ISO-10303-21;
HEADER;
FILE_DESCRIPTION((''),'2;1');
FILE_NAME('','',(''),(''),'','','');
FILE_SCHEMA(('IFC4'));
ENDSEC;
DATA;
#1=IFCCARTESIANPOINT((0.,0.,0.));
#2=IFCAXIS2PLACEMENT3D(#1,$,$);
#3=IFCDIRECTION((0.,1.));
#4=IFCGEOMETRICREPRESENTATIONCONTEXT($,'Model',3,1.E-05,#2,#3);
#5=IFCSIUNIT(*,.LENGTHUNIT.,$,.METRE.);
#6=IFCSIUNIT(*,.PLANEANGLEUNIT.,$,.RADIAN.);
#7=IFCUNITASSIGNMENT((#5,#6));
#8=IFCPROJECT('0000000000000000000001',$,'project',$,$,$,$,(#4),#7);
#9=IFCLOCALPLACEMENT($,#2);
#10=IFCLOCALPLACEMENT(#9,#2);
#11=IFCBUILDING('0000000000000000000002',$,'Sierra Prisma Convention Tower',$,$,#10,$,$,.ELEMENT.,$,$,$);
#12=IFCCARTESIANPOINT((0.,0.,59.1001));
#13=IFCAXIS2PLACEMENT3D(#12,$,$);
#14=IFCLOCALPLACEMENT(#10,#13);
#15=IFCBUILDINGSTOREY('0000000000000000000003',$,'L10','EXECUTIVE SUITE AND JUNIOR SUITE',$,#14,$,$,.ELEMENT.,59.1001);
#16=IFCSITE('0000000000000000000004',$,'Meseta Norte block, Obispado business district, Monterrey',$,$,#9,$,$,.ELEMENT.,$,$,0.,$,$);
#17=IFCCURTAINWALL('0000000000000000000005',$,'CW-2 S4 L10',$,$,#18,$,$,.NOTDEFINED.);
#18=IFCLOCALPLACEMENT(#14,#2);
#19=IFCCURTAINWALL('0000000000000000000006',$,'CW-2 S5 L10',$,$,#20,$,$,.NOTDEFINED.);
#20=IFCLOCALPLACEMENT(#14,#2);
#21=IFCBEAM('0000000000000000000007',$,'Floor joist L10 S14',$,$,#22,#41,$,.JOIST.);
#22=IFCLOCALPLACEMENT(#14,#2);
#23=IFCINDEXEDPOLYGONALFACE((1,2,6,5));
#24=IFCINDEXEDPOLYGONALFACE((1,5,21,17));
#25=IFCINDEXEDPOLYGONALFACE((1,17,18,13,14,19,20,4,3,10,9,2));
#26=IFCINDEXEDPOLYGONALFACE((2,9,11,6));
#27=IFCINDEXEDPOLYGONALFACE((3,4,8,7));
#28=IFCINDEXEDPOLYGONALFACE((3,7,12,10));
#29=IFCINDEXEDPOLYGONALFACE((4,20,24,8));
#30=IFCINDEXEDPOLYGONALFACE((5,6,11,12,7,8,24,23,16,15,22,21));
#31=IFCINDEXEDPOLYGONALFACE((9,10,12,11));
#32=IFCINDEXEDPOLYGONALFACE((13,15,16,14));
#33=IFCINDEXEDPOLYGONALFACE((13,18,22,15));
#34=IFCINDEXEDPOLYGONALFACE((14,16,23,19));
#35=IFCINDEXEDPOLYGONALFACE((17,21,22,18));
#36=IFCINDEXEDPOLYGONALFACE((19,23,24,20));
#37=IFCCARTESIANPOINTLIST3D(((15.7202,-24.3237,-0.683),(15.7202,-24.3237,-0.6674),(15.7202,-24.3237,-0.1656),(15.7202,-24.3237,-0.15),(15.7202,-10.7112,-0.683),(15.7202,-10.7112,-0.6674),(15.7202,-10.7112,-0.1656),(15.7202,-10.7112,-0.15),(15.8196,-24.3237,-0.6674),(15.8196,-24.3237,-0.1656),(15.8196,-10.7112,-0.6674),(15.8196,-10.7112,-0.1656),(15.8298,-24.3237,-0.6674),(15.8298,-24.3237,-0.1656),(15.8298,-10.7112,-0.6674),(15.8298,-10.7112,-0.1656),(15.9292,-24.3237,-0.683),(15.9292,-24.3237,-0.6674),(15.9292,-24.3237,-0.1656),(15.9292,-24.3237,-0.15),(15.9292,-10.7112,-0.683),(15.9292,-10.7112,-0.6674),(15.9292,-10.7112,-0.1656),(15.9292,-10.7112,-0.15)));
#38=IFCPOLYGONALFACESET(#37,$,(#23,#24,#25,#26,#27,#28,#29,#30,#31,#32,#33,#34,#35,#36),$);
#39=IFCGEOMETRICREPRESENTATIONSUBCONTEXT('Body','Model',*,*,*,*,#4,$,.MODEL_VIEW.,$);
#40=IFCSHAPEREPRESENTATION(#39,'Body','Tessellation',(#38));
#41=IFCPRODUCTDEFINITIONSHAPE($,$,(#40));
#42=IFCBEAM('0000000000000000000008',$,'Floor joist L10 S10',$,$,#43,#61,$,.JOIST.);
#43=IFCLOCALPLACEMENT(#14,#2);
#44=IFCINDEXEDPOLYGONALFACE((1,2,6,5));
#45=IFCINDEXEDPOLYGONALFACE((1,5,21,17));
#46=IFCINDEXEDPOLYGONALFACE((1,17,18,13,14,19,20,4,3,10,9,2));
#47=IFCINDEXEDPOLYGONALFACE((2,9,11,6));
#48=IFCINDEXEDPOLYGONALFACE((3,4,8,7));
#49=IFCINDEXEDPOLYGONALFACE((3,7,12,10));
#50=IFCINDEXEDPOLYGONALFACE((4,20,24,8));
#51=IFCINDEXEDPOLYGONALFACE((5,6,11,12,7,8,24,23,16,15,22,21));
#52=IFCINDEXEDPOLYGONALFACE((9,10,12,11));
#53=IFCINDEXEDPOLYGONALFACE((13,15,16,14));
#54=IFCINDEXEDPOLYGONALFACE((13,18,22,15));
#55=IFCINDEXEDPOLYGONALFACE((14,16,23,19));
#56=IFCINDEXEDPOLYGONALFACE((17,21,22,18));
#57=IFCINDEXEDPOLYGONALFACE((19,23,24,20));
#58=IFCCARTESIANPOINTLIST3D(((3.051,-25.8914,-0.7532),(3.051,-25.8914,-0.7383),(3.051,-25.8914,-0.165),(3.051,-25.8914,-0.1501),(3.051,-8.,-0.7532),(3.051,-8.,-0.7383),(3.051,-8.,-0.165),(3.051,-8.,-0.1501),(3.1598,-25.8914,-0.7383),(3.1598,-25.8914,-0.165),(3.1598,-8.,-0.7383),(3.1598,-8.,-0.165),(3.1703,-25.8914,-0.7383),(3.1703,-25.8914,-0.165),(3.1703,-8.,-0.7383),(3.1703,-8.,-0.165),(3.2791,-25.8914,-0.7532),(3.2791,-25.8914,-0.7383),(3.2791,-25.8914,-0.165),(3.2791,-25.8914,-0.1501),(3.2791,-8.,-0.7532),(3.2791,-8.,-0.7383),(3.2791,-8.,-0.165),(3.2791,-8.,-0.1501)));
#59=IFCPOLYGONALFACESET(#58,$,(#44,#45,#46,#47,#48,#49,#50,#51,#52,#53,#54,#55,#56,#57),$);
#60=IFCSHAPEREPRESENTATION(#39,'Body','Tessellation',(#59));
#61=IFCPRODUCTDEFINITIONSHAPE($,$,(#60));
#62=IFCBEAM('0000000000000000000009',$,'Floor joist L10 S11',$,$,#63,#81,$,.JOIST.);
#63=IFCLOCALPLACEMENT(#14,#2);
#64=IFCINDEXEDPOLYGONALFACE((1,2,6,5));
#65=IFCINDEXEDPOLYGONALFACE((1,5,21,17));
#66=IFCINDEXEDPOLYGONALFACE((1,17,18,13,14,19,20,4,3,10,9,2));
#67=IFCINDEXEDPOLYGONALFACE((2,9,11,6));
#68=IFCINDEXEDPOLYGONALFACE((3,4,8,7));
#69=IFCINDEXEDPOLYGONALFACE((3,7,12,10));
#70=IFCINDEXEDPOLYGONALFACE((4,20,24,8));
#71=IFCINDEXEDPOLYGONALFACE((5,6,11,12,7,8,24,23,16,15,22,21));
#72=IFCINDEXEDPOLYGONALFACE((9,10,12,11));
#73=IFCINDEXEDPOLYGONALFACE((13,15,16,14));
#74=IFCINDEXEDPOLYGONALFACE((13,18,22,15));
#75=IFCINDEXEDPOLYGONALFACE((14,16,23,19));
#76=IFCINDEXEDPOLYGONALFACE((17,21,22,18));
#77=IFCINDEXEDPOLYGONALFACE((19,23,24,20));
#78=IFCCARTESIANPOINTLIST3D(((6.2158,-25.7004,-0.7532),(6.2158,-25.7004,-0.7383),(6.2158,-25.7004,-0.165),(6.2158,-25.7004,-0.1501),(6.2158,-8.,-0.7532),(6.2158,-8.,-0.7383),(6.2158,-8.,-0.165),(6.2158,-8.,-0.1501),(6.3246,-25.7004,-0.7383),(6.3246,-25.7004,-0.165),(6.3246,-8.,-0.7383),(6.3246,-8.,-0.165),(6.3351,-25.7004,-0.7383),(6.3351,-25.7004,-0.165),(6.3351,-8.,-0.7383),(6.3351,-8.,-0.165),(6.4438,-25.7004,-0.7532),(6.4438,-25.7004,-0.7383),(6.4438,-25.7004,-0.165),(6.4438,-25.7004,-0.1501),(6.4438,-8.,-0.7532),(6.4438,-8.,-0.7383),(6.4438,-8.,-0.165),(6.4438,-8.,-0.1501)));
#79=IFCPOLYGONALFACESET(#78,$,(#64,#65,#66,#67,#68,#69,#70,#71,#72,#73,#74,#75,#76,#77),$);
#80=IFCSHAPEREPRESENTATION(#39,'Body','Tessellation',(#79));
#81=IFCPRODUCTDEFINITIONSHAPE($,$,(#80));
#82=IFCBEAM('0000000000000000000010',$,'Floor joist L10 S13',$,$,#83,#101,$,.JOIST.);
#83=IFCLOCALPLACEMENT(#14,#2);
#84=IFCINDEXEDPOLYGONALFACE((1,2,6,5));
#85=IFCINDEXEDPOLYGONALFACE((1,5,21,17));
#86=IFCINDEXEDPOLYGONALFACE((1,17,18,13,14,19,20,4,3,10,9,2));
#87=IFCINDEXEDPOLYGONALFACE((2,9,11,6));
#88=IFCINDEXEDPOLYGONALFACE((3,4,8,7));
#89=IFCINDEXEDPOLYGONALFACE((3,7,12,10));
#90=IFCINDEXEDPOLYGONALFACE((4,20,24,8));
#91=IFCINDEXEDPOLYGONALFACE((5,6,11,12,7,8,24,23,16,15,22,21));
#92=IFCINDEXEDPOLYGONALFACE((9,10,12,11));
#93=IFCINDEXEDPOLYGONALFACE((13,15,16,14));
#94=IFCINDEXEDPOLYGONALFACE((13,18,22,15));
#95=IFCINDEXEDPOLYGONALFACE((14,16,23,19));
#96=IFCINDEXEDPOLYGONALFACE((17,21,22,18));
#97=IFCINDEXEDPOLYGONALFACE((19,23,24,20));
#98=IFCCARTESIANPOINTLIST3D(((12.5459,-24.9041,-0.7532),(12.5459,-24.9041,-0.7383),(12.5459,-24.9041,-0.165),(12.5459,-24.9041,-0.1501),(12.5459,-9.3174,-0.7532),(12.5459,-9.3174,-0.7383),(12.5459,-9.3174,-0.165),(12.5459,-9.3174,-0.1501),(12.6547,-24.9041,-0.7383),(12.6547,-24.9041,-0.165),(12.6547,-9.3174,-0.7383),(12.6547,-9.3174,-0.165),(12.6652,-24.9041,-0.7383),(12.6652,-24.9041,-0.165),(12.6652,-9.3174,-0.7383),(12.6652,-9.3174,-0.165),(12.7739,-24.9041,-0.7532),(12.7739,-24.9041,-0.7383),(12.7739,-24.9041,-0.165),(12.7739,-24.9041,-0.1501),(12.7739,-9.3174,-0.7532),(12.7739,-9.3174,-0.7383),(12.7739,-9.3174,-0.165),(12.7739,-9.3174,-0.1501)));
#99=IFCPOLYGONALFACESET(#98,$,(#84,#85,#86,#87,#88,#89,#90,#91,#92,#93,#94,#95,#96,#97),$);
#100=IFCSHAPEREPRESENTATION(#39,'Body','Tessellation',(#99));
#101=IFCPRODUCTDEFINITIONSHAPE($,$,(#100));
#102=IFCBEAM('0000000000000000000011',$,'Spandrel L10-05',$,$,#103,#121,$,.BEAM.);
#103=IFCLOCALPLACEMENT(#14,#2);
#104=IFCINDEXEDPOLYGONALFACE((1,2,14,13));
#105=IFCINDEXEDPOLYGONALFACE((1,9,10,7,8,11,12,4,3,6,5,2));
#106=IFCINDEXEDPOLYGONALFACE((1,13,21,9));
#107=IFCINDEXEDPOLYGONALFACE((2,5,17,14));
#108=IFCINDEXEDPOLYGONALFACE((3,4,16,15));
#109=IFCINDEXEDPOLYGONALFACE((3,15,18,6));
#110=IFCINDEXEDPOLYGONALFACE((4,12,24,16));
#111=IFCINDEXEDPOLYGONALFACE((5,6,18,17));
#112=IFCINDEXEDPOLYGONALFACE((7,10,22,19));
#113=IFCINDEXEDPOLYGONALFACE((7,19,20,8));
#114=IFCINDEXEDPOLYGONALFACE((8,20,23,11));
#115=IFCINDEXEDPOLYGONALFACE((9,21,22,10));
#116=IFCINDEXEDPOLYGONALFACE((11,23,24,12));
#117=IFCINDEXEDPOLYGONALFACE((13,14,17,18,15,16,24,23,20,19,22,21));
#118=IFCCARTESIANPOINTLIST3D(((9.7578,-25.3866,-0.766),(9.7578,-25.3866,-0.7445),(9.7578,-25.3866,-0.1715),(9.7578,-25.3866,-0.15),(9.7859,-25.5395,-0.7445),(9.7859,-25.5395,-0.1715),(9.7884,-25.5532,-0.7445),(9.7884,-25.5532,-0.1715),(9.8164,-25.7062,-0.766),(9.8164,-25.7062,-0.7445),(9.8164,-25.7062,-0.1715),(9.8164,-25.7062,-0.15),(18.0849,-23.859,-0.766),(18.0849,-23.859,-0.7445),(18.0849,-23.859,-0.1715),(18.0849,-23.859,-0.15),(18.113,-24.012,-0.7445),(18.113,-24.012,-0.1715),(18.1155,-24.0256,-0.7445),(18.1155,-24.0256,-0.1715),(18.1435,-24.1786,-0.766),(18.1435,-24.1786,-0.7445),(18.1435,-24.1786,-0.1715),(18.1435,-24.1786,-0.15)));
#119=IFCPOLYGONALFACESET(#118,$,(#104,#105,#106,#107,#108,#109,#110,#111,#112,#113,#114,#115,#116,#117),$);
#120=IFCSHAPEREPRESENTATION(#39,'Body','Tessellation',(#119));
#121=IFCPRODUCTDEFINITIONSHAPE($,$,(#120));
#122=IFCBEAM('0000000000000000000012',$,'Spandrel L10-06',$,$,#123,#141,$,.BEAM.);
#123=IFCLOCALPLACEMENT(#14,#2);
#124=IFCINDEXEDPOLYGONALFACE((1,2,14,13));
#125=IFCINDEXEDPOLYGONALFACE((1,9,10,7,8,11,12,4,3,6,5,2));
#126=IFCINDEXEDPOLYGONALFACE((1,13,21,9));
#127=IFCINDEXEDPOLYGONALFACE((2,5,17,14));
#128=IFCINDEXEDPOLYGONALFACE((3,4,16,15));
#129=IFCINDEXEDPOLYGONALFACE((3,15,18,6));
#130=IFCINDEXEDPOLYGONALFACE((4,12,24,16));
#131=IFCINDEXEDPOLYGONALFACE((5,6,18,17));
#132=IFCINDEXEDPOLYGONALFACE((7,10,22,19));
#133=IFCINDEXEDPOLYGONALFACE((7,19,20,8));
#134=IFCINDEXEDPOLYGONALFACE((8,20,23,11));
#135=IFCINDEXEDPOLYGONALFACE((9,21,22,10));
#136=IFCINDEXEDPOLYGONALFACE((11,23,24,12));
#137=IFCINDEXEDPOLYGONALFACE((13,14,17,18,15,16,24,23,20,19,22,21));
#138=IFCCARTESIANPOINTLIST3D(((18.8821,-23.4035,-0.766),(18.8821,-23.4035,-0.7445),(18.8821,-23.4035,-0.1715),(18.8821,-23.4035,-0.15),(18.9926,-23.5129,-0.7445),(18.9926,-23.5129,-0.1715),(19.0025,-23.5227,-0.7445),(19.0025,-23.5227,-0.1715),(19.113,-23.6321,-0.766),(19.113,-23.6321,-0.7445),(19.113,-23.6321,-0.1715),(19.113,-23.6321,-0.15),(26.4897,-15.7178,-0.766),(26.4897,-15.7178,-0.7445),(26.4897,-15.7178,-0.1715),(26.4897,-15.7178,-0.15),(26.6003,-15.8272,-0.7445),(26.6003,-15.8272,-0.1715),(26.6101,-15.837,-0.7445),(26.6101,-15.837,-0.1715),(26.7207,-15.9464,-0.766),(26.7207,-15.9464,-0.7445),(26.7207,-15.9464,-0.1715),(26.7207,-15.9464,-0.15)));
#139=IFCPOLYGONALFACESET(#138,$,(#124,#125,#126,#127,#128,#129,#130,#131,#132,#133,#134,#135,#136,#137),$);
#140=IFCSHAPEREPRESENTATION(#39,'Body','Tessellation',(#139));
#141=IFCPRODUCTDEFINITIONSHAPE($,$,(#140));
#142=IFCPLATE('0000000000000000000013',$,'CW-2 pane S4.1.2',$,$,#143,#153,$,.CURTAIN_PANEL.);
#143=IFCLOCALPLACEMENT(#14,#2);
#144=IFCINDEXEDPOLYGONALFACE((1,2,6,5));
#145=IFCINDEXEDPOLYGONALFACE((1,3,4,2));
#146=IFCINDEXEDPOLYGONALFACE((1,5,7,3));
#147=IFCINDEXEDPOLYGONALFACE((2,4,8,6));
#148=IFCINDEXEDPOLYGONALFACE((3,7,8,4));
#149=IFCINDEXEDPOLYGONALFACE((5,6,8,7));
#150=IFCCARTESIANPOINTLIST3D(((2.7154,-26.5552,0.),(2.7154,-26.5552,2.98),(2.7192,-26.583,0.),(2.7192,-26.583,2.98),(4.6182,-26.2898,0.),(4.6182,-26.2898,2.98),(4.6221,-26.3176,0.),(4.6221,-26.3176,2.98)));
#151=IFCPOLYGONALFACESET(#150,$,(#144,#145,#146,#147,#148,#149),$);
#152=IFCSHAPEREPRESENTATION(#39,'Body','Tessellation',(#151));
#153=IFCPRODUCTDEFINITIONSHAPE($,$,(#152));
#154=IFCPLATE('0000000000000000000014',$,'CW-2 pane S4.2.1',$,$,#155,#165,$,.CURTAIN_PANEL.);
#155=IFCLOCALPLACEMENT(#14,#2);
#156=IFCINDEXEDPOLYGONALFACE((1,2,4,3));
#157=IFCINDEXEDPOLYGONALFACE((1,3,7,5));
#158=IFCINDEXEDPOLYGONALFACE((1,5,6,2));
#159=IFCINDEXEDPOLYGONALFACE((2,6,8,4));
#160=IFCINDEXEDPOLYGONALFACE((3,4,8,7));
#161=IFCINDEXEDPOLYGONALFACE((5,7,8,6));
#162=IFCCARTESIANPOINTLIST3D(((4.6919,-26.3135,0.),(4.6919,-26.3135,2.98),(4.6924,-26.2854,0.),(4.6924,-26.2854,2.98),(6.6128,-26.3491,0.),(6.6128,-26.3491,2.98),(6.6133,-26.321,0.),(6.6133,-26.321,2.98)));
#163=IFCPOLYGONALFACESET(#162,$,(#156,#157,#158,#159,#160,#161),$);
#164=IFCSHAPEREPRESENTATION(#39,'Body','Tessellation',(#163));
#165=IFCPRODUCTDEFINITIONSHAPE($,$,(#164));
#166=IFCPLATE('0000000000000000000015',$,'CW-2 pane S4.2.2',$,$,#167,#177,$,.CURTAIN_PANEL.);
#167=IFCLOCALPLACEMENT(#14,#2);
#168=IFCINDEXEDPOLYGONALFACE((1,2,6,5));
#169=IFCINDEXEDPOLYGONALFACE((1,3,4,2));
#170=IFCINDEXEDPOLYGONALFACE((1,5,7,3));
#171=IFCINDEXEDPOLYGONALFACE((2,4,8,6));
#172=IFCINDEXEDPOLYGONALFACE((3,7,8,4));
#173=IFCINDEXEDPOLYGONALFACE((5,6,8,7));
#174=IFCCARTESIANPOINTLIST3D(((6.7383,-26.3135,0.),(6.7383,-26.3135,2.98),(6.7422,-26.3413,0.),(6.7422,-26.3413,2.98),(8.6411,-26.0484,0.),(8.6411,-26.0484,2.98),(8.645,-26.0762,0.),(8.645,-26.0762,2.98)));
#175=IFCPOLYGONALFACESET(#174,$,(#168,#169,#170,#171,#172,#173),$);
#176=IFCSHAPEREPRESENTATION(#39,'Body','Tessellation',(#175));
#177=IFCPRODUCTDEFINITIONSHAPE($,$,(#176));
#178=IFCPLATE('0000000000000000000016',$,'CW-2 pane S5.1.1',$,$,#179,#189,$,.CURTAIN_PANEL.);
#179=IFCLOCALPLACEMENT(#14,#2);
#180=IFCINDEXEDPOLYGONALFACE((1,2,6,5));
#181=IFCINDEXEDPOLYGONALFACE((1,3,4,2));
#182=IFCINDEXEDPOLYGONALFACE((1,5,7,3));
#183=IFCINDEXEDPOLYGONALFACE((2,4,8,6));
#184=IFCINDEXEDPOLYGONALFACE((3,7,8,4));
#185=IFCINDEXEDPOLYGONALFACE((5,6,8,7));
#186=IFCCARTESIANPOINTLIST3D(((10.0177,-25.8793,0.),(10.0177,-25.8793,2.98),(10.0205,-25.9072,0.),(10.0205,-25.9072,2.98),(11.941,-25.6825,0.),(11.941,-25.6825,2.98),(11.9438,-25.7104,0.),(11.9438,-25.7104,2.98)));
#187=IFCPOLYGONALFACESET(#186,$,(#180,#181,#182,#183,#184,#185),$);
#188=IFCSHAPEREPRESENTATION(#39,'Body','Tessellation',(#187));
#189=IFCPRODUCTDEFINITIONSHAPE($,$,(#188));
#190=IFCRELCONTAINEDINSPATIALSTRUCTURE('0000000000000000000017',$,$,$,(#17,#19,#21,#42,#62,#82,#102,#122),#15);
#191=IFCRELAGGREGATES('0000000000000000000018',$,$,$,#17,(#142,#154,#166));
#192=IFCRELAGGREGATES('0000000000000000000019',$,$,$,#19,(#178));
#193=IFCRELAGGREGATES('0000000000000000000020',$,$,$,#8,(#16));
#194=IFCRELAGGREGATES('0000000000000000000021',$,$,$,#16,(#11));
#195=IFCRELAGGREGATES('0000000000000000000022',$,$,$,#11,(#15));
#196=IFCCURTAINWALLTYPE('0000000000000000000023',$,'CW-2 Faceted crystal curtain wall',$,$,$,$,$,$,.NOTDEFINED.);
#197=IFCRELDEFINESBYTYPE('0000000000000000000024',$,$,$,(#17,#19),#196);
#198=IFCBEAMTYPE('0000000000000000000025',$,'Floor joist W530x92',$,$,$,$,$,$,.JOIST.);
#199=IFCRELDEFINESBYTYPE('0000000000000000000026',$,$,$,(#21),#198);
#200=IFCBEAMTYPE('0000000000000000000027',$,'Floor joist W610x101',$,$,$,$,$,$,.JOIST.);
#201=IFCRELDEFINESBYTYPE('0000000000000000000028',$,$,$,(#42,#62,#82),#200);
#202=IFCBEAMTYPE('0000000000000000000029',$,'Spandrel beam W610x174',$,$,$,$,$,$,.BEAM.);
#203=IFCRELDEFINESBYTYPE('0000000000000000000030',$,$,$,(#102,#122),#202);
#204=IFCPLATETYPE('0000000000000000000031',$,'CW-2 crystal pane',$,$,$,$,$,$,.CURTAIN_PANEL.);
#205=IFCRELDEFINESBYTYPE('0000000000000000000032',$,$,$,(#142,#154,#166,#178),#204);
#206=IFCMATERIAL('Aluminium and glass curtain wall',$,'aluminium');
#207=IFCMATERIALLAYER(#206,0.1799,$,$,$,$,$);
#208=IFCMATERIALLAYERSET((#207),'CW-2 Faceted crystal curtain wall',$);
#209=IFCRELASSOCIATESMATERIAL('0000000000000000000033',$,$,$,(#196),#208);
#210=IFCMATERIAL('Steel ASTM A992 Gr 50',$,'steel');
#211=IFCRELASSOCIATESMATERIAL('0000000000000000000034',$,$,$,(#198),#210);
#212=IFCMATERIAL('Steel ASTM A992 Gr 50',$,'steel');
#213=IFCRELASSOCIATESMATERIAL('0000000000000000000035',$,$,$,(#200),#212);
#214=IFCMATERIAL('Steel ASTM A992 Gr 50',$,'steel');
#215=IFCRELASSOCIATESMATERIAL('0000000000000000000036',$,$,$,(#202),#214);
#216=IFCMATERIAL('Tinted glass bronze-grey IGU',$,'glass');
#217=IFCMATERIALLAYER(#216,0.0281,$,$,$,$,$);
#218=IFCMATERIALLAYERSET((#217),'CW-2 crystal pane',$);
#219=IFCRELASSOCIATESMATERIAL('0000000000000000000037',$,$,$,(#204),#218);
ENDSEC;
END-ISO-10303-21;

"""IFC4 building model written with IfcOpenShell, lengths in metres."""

from ifc_helpers import new_model, si_unit, direction, frame, origin, origin_2d, place, context, subcontext, project, spatial, polyline, i_section, outline, extrude, material, layer, layer_set, material_profile, profile_set, type_object, element, aggregate, save


model = new_model("IFC4")

# Units and contexts
model_context = context("Model", 3, precision=1e-05, world=origin(), true_north=direction((0.0, 1.0)))
body_context = subcontext(model_context, "Body", "Model", "MODEL_VIEW")
ifc_project = project(units=[si_unit("LENGTHUNIT", "METRE"), si_unit("PLANEANGLEUNIT", "RADIAN")], contexts=[model_context])

# Site, building, storey
site_placement = place(None, origin())
site = spatial("IfcSite", under=ifc_project, at=site_placement, Name="Meseta Norte block, Obispado business district, Monterrey", CompositionType="ELEMENT", RefElevation=0.0)
building_placement = place(site_placement, origin())
building = spatial("IfcBuilding", under=site, at=building_placement, Name="Sierra Prisma Convention Tower", CompositionType="ELEMENT")
storey_placement = place(building_placement, frame((0.0, 0.0, 59.1001)))
storey = spatial("IfcBuildingStorey", under=building, at=storey_placement, Name="L10", Description="EXECUTIVE SUITE AND JUNIOR SUITE", CompositionType="ELEMENT", Elevation=59.1001)

# Curtain wall
ifc_material_1 = material(Name="Aluminium and glass curtain wall", Category="aluminium")
ifc_layer_1 = layer(ifc_material_1, 0.1799)
ifc_layer_set_1 = layer_set([ifc_layer_1], Name="CW-2 Faceted crystal curtain wall")
curtain_wall_type = type_object("IfcCurtainWallType", Name="CW-2 Faceted crystal curtain wall", PredefinedType="NOTDEFINED", material=ifc_layer_set_1)
curtain_wall_1_placement = place(storey_placement, origin())
curtain_wall_1 = element("IfcCurtainWall", 1, at=curtain_wall_1_placement, inside=storey, type_object=curtain_wall_type, Name="CW-2 S4 L10", PredefinedType="NOTDEFINED")

# Curtain wall
curtain_wall_2_placement = place(storey_placement, origin())
curtain_wall_2 = element("IfcCurtainWall", 2, at=curtain_wall_2_placement, inside=storey, type_object=curtain_wall_type, Name="CW-2 S5 L10", PredefinedType="NOTDEFINED")

# Beams
ifc_material_2 = material(Name="Steel ASTM A992 Gr 50", Category="steel")
ifc_material_profile_1 = material_profile(ifc_material_2, i_section(OverallWidth=0.209, OverallDepth=0.533, WebThickness=0.0103, FlangeThickness=0.0156, at=origin_2d()), Name="W530x92")
ifc_profile_set_1 = profile_set([ifc_material_profile_1], Name="Steel ASTM A992 Gr 50")
beam_type_1 = type_object("IfcBeamType", Name="Floor joist W530x92", PredefinedType="JOIST", material=ifc_profile_set_1)
beam_1_placement = place(storey_placement, frame((15.8247, -24.3237, -0.4165), z_axis=(0.0, 1.0, 0.0), x_axis=(-1.0, 0.0, 0.0)))
element("IfcBeam", 3, at=beam_1_placement, inside=storey, type_object=beam_type_1, Name="Floor joist L10 S14", PredefinedType="JOIST", context=body_context, shape_type="SweptSolid", body=[
    extrude(i_section(OverallWidth=0.209, OverallDepth=0.533, WebThickness=0.0103, FlangeThickness=0.0156, at=origin_2d()), origin(), (0.0, 0.0, 1.0), 13.6125),
])
ifc_material_3 = material(Name="Steel ASTM A992 Gr 50", Category="steel")
ifc_material_profile_2 = material_profile(ifc_material_3, i_section(OverallWidth=0.228, OverallDepth=0.603, WebThickness=0.0105, FlangeThickness=0.0149, at=origin_2d()), Name="W610x101")
ifc_profile_set_2 = profile_set([ifc_material_profile_2], Name="Steel ASTM A992 Gr 50")
beam_type_2 = type_object("IfcBeamType", Name="Floor joist W610x101", PredefinedType="JOIST", material=ifc_profile_set_2)
beam_2_placement = place(storey_placement, frame((3.165, -25.8914, -0.4517), z_axis=(0.0, 1.0, 0.0), x_axis=(-1.0, 0.0, 0.0)))
element("IfcBeam", 4, at=beam_2_placement, inside=storey, type_object=beam_type_2, Name="Floor joist L10 S10", PredefinedType="JOIST", context=body_context, shape_type="SweptSolid", body=[
    extrude(i_section(OverallWidth=0.228, OverallDepth=0.603, WebThickness=0.0105, FlangeThickness=0.0149, at=origin_2d()), origin(), (0.0, 0.0, 1.0), 17.8914),
])
beam_3_placement = place(storey_placement, frame((6.3298, -25.7004, -0.4517), z_axis=(0.0, 1.0, 0.0), x_axis=(-1.0, 0.0, 0.0)))
element("IfcBeam", 5, at=beam_3_placement, inside=storey, type_object=beam_type_2, Name="Floor joist L10 S11", PredefinedType="JOIST", context=body_context, shape_type="SweptSolid", body=[
    extrude(i_section(OverallWidth=0.228, OverallDepth=0.603, WebThickness=0.0105, FlangeThickness=0.0149, at=origin_2d()), origin(), (0.0, 0.0, 1.0), 17.7004),
])
beam_4_placement = place(storey_placement, frame((12.6599, -24.9041, -0.4517), z_axis=(0.0, 1.0, 0.0), x_axis=(-1.0, 0.0, 0.0)))
element("IfcBeam", 6, at=beam_4_placement, inside=storey, type_object=beam_type_2, Name="Floor joist L10 S13", PredefinedType="JOIST", context=body_context, shape_type="SweptSolid", body=[
    extrude(i_section(OverallWidth=0.228, OverallDepth=0.603, WebThickness=0.0105, FlangeThickness=0.0149, at=origin_2d()), origin(), (0.0, 0.0, 1.0), 15.5867),
])
ifc_material_4 = material(Name="Steel ASTM A992 Gr 50", Category="steel")
ifc_material_profile_3 = material_profile(ifc_material_4, i_section(OverallWidth=0.325, OverallDepth=0.616, WebThickness=0.0139, FlangeThickness=0.0215, at=origin_2d()), Name="W610x174")
ifc_profile_set_3 = profile_set([ifc_material_profile_3], Name="Steel ASTM A992 Gr 50")
beam_type_3 = type_object("IfcBeamType", Name="Spandrel beam W610x174", PredefinedType="BEAM", material=ifc_profile_set_3)
beam_5_placement = place(storey_placement, frame((9.7871, -25.5464, -0.458), z_axis=(0.983587, 0.180436, 0.0), x_axis=(-0.180436, 0.983587, 0.0)))
element("IfcBeam", 7, at=beam_5_placement, inside=storey, type_object=beam_type_3, Name="Spandrel L10-05", PredefinedType="BEAM", context=body_context, shape_type="SweptSolid", body=[
    extrude(i_section(OverallWidth=0.325, OverallDepth=0.616, WebThickness=0.0139, FlangeThickness=0.0215, at=origin_2d()), origin(), (0.0, 0.0, 1.0), 8.4661),
])
beam_6_placement = place(storey_placement, frame((18.9976, -23.5178, -0.458), z_axis=(0.703485, 0.71071, 0.0), x_axis=(-0.71071, 0.703485, 0.0)))
element("IfcBeam", 8, at=beam_6_placement, inside=storey, type_object=beam_type_3, Name="Spandrel L10-06", PredefinedType="BEAM", context=body_context, shape_type="SweptSolid", body=[
    extrude(i_section(OverallWidth=0.325, OverallDepth=0.616, WebThickness=0.0139, FlangeThickness=0.0215, at=origin_2d()), origin(), (0.0, 0.0, 1.0), 10.8142),
])

# Plates
ifc_material_5 = material(Name="Tinted glass bronze-grey IGU", Category="glass")
ifc_layer_2 = layer(ifc_material_5, 0.0281)
ifc_layer_set_2 = layer_set([ifc_layer_2], Name="CW-2 crystal pane")
plate_type = type_object("IfcPlateType", Name="CW-2 crystal pane", PredefinedType="CURTAIN_PANEL", material=ifc_layer_set_2)
plate_1_placement = place(storey_placement, frame((4.6221, -26.3176, 0.0), z_axis=(0.138129, -0.990414, 0.0), x_axis=(-0.990414, -0.138129, 0.0)))
plate_1 = element("IfcPlate", 9, at=plate_1_placement, type_object=plate_type, Name="CW-2 pane S4.1.2", PredefinedType="CURTAIN_PANEL", context=body_context, shape_type="SweptSolid", body=[
    extrude(outline(polyline([(0.0, 0.0), (1.9212, 0.0), (1.9212, -2.98), (0.0, -2.98), (0.0, 0.0)])), origin(), (0.0, 0.0, -1.0), 0.0281),
])
plate_2_placement = place(storey_placement, frame((4.6919, -26.3135, 0.0), z_axis=(-0.018553, -0.999828, 0.0), x_axis=(0.999828, -0.018553, 0.0)))
plate_2 = element("IfcPlate", 10, at=plate_2_placement, type_object=plate_type, Name="CW-2 pane S4.2.1", PredefinedType="CURTAIN_PANEL", context=body_context, shape_type="SweptSolid", body=[
    extrude(outline(polyline([(0.0, 0.0), (1.9212, 0.0), (1.9212, 2.98), (0.0, 2.98), (0.0, 0.0)])), origin(), (0.0, 0.0, -1.0), 0.0281),
])
plate_3_placement = place(storey_placement, frame((8.645, -26.0762, 0.0), z_axis=(0.138005, -0.990432, 0.0), x_axis=(-0.990432, -0.138005, 0.0)))
plate_3 = element("IfcPlate", 11, at=plate_3_placement, type_object=plate_type, Name="CW-2 pane S4.2.2", PredefinedType="CURTAIN_PANEL", context=body_context, shape_type="SweptSolid", body=[
    extrude(outline(polyline([(0.0, 0.0), (1.9212, 0.0), (1.9212, -2.98), (0.0, -2.98), (0.0, 0.0)])), origin(), (0.0, 0.0, -1.0), 0.0281),
])
aggregate(curtain_wall_1, [plate_1, plate_2, plate_3])
plate_4_placement = place(storey_placement, frame((10.0205, -25.9072, 0.0), z_axis=(0.101779, -0.994807, 0.0), x_axis=(0.994807, 0.101779, 0.0)))
plate_4 = element("IfcPlate", 12, at=plate_4_placement, type_object=plate_type, Name="CW-2 pane S5.1.1", PredefinedType="CURTAIN_PANEL", context=body_context, shape_type="SweptSolid", body=[
    extrude(outline(polyline([(0.0, 0.0), (1.9334, 0.0), (1.9334, 2.98), (0.0, 2.98), (0.0, 0.0)])), origin(), (0.0, 0.0, -1.0), 0.0281),
])
aggregate(curtain_wall_2, [plate_4])

save(model, "model.ifc")
